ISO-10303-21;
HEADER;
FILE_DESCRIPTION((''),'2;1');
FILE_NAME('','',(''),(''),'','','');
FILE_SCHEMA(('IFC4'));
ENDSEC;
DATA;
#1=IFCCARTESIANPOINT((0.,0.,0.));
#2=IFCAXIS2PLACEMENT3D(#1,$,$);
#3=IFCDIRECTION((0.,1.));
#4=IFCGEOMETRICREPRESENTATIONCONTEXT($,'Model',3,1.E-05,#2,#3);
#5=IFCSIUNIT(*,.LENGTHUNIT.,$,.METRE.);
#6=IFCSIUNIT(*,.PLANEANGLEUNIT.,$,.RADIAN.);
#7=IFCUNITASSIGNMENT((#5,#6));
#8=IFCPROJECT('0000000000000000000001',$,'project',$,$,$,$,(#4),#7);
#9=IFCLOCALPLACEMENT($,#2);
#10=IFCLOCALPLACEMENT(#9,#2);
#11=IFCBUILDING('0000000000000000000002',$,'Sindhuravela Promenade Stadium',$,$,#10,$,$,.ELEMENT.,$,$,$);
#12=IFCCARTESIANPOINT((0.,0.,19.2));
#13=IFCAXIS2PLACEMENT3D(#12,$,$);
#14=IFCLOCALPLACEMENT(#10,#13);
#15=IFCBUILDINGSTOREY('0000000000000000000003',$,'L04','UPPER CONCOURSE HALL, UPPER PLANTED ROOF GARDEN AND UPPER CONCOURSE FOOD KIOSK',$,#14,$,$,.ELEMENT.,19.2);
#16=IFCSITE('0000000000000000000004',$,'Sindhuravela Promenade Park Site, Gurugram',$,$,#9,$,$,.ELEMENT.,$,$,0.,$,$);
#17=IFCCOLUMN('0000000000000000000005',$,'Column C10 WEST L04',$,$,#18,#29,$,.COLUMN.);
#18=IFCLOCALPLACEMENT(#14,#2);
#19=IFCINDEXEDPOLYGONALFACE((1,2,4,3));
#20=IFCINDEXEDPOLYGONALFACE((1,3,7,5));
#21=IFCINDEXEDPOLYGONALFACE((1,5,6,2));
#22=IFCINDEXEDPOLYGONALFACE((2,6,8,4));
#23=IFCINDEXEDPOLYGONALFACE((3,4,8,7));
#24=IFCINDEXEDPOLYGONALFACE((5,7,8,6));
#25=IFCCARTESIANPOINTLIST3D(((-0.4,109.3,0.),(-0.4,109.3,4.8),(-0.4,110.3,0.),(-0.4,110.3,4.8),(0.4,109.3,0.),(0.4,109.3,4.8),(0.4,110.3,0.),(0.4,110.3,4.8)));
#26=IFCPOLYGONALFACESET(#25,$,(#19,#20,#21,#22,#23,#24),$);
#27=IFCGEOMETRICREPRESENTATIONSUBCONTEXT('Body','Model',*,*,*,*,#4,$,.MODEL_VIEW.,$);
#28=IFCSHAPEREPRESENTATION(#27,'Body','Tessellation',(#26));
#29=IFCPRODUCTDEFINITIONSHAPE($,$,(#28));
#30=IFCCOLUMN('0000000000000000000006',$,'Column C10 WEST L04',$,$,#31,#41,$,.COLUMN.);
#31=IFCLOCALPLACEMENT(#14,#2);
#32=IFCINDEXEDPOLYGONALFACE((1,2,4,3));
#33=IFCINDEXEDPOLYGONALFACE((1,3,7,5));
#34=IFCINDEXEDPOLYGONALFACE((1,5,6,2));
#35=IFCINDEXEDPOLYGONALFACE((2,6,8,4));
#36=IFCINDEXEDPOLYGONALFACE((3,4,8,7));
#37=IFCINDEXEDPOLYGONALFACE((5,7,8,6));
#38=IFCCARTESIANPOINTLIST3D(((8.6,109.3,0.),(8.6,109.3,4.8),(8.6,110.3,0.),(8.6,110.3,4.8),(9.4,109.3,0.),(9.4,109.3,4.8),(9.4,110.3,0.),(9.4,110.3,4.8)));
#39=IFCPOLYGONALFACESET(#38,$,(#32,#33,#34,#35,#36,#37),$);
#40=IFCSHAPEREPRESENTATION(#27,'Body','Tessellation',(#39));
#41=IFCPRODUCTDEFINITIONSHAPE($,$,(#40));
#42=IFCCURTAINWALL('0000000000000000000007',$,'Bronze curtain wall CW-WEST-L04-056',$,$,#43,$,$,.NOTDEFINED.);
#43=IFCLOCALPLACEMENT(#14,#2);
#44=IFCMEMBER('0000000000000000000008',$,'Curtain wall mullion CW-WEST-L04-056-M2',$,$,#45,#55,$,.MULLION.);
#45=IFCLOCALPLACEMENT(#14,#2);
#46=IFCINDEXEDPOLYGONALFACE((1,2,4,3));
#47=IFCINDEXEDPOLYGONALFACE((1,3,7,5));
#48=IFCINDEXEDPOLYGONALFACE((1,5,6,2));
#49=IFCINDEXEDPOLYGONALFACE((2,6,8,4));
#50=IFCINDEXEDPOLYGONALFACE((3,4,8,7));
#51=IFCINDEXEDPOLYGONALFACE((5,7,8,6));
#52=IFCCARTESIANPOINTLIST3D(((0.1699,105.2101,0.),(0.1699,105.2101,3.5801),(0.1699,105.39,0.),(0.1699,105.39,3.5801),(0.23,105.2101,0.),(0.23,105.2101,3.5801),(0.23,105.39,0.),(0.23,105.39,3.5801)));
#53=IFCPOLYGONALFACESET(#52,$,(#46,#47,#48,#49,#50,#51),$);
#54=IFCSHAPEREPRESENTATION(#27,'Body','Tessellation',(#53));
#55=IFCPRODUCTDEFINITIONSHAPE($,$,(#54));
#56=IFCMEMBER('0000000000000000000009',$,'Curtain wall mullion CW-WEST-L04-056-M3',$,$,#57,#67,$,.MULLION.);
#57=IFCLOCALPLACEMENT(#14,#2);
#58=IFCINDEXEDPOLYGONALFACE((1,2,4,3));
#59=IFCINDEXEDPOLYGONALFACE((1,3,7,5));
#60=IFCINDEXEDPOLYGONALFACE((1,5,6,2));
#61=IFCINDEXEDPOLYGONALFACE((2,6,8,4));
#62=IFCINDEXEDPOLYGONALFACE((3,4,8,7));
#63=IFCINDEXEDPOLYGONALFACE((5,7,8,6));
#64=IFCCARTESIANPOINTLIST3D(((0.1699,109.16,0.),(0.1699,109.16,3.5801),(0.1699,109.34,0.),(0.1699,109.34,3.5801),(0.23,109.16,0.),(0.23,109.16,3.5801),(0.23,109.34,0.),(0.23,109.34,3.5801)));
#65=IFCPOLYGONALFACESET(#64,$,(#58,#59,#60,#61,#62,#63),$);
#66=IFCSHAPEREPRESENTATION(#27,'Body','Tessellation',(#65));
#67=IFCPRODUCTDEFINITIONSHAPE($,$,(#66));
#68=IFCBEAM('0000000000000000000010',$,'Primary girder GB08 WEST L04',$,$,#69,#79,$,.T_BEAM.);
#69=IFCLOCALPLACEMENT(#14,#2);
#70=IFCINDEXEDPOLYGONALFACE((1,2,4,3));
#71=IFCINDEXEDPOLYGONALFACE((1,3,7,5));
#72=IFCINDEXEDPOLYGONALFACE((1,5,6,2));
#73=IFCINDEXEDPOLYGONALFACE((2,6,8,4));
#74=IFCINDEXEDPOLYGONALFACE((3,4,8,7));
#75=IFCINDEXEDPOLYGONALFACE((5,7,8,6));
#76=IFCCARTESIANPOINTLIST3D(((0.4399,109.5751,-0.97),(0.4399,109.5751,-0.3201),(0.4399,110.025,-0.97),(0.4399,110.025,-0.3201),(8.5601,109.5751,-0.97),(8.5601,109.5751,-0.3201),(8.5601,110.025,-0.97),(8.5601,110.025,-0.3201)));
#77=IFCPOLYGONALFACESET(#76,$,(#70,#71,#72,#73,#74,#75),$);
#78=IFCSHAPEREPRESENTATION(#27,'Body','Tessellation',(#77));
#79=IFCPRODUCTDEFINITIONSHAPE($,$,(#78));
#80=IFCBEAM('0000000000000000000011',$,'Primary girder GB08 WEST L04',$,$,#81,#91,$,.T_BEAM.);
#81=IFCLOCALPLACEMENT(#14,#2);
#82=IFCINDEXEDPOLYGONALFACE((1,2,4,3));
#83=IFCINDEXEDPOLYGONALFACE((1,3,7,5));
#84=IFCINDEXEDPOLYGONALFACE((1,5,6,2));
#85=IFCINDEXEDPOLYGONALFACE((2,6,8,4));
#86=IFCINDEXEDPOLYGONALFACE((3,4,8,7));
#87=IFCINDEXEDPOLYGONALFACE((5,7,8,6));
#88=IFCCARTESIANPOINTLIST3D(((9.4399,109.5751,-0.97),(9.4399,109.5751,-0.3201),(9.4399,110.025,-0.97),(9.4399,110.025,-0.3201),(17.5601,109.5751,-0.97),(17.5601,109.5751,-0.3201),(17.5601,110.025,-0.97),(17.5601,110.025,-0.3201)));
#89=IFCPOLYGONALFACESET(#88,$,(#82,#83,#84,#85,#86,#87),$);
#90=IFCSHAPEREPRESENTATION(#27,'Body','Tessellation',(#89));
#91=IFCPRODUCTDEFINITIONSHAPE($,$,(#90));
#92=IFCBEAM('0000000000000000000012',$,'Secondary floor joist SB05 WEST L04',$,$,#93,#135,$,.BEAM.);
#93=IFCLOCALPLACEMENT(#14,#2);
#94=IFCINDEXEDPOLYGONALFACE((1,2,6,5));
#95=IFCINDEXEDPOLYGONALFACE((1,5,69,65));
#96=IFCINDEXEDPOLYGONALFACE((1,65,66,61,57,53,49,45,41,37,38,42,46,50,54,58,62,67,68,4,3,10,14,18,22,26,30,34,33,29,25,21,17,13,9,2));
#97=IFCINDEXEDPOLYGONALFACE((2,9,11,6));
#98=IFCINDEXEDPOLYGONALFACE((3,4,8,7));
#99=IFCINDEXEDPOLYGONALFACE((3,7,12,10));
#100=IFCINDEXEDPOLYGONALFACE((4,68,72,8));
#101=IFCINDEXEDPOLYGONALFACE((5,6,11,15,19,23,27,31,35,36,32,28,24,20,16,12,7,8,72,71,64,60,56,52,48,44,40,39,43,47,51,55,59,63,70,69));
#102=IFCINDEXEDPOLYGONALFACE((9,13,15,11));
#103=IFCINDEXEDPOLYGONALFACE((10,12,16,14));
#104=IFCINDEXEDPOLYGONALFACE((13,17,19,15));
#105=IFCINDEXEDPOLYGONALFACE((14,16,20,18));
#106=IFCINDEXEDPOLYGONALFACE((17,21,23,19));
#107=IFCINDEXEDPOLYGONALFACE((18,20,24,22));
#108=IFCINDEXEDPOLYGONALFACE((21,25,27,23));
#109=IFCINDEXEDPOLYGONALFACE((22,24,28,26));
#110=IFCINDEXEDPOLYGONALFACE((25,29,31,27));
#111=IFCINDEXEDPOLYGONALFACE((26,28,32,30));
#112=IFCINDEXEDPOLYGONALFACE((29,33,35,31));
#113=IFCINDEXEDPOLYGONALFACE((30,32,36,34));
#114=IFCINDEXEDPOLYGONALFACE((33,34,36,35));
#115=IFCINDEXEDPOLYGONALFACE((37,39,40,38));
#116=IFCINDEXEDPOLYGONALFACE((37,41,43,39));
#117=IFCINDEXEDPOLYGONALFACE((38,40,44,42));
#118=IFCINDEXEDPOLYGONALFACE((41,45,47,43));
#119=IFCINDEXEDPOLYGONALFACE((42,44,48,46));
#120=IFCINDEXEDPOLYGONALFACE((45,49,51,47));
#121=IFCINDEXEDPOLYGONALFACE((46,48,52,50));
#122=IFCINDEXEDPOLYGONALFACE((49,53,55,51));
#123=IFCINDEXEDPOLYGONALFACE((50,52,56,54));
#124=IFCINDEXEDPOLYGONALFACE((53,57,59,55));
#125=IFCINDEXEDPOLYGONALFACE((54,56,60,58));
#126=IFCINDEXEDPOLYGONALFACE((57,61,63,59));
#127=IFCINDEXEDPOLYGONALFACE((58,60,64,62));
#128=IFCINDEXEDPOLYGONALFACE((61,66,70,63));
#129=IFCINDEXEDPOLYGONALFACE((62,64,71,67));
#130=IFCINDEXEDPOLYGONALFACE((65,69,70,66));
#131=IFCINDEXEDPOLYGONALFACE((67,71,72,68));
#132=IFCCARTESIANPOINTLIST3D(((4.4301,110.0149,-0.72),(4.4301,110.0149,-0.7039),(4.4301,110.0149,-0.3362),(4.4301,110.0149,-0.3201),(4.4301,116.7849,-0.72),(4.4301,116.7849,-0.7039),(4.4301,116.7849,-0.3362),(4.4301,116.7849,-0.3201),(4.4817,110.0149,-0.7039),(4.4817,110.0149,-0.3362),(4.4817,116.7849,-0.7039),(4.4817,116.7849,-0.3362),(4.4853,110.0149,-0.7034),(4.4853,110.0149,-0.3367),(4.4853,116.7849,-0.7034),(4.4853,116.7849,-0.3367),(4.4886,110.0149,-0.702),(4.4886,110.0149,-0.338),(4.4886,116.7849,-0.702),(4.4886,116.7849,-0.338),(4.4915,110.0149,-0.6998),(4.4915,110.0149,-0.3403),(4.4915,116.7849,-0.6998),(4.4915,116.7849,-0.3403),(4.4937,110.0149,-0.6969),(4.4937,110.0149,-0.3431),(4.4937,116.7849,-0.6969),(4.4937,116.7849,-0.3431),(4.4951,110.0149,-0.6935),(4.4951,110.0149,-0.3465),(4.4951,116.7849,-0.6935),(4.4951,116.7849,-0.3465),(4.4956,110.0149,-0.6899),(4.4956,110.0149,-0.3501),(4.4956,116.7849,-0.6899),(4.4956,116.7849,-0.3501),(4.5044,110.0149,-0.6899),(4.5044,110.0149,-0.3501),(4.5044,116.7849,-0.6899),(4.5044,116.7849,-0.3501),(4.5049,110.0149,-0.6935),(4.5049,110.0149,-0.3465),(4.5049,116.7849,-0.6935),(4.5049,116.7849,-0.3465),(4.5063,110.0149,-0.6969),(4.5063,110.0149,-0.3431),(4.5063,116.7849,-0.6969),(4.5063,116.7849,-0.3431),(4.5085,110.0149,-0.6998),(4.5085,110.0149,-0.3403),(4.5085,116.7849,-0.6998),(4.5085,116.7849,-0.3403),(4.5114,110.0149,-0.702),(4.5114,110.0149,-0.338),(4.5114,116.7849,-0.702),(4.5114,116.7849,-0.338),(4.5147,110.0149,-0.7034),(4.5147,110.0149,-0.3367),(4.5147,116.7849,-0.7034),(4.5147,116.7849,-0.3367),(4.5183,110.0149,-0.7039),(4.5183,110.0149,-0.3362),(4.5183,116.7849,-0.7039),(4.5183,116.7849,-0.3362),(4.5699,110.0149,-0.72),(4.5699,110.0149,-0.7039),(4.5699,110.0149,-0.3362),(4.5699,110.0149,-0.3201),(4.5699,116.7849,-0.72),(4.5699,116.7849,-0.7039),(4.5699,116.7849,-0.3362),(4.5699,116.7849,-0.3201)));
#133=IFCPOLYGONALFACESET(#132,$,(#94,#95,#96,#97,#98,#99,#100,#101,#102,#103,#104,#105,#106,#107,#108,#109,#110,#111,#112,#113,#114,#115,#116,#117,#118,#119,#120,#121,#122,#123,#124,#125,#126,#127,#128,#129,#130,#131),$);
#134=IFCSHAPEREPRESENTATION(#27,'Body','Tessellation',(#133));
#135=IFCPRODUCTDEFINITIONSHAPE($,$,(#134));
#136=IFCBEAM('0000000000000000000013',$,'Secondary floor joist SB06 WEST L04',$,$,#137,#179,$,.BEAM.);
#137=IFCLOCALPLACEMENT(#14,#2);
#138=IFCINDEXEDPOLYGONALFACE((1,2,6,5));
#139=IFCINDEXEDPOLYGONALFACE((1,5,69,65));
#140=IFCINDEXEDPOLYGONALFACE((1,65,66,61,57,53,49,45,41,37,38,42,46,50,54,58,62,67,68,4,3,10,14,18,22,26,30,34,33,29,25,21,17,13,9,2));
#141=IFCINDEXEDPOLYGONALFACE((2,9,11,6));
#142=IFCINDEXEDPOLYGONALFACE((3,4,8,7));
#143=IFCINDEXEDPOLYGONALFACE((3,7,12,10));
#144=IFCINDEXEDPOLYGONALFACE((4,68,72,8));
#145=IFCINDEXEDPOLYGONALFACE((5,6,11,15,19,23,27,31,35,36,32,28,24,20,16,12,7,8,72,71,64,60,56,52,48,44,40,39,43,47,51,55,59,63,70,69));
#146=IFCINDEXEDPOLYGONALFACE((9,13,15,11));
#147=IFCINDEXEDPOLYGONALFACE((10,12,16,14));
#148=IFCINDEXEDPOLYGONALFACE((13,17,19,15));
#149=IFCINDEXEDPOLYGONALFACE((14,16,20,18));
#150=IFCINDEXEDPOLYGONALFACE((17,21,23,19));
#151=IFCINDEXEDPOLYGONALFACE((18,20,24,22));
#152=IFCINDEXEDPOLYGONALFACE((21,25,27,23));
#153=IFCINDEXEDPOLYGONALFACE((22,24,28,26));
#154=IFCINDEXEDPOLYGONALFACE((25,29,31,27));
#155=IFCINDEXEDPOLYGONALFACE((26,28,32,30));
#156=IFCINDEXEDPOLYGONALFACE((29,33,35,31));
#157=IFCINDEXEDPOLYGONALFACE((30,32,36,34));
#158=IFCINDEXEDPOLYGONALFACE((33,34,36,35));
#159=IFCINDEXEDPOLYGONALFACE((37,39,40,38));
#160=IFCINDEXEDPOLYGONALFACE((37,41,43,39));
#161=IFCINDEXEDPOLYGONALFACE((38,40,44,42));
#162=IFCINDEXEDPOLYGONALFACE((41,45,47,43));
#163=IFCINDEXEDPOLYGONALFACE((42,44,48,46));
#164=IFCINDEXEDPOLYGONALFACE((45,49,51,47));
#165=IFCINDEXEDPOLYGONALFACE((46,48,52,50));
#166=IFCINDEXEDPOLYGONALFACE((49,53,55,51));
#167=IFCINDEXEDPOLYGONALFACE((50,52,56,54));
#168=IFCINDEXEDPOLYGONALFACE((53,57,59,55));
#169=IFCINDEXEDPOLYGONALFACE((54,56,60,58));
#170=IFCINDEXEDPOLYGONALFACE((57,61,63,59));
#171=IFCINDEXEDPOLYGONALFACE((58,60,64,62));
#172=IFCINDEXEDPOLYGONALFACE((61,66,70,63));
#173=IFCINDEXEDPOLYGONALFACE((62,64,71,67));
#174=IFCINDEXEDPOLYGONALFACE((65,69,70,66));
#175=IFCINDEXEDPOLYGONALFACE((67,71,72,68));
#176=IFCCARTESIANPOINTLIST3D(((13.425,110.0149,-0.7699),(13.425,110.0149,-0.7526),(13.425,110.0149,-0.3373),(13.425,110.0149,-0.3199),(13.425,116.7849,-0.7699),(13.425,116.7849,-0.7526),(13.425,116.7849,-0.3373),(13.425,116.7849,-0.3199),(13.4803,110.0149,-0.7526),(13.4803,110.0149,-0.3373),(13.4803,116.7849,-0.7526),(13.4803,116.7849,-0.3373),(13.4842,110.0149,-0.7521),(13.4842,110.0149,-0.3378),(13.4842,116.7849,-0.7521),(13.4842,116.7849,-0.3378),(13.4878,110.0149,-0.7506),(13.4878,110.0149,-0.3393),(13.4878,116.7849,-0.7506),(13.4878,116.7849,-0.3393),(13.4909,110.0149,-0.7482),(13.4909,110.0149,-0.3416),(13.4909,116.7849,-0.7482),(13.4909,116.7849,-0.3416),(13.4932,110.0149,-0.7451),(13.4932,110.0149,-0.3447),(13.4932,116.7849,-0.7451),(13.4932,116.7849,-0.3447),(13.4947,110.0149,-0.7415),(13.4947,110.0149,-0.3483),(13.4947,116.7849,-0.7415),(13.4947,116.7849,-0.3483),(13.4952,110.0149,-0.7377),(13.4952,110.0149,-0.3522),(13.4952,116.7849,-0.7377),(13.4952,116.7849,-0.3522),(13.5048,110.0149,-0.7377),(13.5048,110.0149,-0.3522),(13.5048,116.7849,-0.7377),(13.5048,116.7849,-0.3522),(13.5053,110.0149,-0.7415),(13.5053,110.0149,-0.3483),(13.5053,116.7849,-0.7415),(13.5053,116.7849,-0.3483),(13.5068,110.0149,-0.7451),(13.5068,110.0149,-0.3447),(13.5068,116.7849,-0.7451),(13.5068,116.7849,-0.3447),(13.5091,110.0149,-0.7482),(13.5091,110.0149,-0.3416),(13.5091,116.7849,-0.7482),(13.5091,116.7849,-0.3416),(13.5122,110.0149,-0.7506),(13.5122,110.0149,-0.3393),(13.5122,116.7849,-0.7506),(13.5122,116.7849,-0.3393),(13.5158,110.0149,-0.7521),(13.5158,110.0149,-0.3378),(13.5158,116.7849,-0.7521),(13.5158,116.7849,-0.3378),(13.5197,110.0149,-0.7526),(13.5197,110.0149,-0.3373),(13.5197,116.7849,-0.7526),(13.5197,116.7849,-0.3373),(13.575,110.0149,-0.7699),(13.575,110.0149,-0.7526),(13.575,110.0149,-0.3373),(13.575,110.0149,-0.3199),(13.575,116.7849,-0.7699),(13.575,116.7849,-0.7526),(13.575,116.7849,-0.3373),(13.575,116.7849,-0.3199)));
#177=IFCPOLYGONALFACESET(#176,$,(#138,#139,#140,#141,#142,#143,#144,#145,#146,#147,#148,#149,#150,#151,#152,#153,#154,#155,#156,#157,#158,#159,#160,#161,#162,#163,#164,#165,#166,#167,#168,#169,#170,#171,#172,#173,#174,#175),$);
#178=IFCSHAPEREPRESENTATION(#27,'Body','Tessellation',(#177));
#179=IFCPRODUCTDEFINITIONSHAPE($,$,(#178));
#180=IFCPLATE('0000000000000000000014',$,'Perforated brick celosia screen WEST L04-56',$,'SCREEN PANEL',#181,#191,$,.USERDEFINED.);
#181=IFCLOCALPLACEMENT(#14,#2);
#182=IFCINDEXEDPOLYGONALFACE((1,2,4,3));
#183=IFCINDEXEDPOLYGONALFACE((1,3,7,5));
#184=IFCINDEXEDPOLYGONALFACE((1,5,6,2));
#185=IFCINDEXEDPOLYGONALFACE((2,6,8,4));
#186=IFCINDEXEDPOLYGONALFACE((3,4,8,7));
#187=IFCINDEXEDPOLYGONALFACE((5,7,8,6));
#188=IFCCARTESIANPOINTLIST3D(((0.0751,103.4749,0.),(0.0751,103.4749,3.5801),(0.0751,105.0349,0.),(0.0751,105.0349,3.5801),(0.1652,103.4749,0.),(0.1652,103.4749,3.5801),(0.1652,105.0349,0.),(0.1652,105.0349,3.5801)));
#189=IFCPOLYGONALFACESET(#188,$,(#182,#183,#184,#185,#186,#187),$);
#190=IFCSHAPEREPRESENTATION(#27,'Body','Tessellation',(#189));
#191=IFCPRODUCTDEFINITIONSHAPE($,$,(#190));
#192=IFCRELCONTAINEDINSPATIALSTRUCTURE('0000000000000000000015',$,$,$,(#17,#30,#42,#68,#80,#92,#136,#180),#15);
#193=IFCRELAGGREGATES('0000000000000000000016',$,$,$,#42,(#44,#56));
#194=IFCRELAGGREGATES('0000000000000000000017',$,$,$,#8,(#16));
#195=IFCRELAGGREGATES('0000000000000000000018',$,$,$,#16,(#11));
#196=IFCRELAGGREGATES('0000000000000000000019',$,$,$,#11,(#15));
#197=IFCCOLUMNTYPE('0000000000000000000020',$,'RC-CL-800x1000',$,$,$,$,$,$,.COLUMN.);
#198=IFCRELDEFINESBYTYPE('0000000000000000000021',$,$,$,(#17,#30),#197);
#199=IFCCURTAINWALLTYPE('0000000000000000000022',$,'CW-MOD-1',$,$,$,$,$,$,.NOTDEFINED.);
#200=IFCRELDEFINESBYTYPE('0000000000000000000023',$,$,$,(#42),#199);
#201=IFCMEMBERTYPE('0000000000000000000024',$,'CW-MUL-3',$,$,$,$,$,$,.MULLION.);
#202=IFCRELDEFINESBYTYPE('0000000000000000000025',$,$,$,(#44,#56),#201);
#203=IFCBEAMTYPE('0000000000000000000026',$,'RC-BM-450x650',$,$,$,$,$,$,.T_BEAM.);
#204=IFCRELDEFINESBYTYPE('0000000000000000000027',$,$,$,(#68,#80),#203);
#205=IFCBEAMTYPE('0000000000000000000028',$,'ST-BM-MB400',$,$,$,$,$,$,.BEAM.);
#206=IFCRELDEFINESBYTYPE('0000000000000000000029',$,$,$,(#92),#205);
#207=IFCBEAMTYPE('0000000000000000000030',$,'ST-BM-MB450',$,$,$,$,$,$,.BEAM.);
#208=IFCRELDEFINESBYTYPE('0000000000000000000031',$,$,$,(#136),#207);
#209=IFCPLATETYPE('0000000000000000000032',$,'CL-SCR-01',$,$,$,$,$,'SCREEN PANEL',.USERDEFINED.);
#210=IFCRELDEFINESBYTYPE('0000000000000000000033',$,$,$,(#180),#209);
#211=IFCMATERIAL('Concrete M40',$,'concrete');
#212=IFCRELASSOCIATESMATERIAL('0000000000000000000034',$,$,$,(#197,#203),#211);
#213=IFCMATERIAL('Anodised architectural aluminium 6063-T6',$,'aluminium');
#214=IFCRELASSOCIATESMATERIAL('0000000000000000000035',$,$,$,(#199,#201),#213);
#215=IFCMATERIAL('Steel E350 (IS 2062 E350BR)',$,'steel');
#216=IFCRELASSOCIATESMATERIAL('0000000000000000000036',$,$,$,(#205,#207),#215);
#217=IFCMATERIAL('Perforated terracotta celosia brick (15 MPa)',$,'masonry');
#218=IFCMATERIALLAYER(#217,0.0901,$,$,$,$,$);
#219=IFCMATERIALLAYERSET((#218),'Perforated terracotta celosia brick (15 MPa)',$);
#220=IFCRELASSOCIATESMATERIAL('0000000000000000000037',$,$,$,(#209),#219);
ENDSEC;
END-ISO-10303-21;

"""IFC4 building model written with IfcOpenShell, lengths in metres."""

from ifc_helpers import new_model, si_unit, direction, frame, origin, origin_2d, place, context, subcontext, project, spatial, rectangle, i_section, extrude, material, layer, layer_set, material_profile, profile_set, type_object, element, aggregate, save


model = new_model("IFC4")

# Units and contexts
model_context = context("Model", 3, precision=1e-05, world=origin(), true_north=direction((0.0, 1.0)))
body_context = subcontext(model_context, "Body", "Model", "MODEL_VIEW")
ifc_project = project(units=[si_unit("LENGTHUNIT", "METRE"), si_unit("PLANEANGLEUNIT", "RADIAN")], contexts=[model_context])

# Site, building, storey
site_placement = place(None, origin())
site = spatial("IfcSite", under=ifc_project, at=site_placement, Name="Sindhuravela Promenade Park Site, Gurugram", CompositionType="ELEMENT", RefElevation=0.0)
building_placement = place(site_placement, origin())
building = spatial("IfcBuilding", under=site, at=building_placement, Name="Sindhuravela Promenade Stadium", CompositionType="ELEMENT")
storey_placement = place(building_placement, frame((0.0, 0.0, 19.2)))
storey = spatial("IfcBuildingStorey", under=building, at=storey_placement, Name="L04", Description="UPPER CONCOURSE HALL, UPPER PLANTED ROOF GARDEN AND UPPER CONCOURSE FOOD KIOSK", CompositionType="ELEMENT", Elevation=19.2)

# Columns
ifc_material_1 = material(Name="Concrete M40", Category="concrete")
ifc_material_profile_1 = material_profile(ifc_material_1, rectangle(XDim=0.8, YDim=1.0, at=origin_2d()), Name="RC 800x1000")
ifc_profile_set_1 = profile_set([ifc_material_profile_1], Name="Concrete M40")
column_type = type_object("IfcColumnType", Name="RC-CL-800x1000", PredefinedType="COLUMN", material=ifc_profile_set_1)
for number, where, z_axis, x_axis, name in (
    (1, (0.0, 109.8, 0.0), (0.0, 0.0, 1.0), (1.0, 0.0, 0.0), "Column C10 WEST L04"),
    (2, (9.0, 109.8, 0.0), (0.0, 0.0, 1.0), (1.0, 0.0, 0.0), "Column C10 WEST L04"),
):
    element("IfcColumn", number, at=place(storey_placement, frame(where, z_axis=z_axis, x_axis=x_axis)), inside=storey, type_object=column_type, Name=name, PredefinedType="COLUMN", context=body_context, shape_type="SweptSolid", body=[
        extrude(rectangle(XDim=0.8, YDim=1.0, at=origin_2d()), origin(), (0.0, 0.0, 1.0), 4.8),
    ])

# Curtain wall, members
ifc_material_2 = material(Name="Anodised architectural aluminium 6063-T6", Category="aluminium")
curtain_wall_type = type_object("IfcCurtainWallType", Name="CW-MOD-1", PredefinedType="NOTDEFINED", material=ifc_material_2)
curtain_wall_placement = place(storey_placement, origin())
curtain_wall = element("IfcCurtainWall", 3, at=curtain_wall_placement, inside=storey, type_object=curtain_wall_type, Name="Bronze curtain wall CW-WEST-L04-056", PredefinedType="NOTDEFINED")
ifc_material_profile_2 = material_profile(ifc_material_2, rectangle(XDim=0.0601, YDim=0.1799, at=origin_2d()), Name="ALU M60x180")
ifc_profile_set_2 = profile_set([ifc_material_profile_2], Name="Anodised architectural aluminium 6063-T6")
member_type = type_object("IfcMemberType", Name="CW-MUL-3", PredefinedType="MULLION", material=ifc_profile_set_2)
member_1_placement = place(storey_placement, frame((0.2, 105.3, 0.0), z_axis=(0.0, 0.0, 1.0), x_axis=(1.0, 0.0, 0.0)))
member_1 = element("IfcMember", 4, at=member_1_placement, type_object=member_type, Name="Curtain wall mullion CW-WEST-L04-056-M2", PredefinedType="MULLION", context=body_context, shape_type="SweptSolid", body=[
    extrude(rectangle(XDim=0.0601, YDim=0.1799, at=origin_2d()), origin(), (0.0, 0.0, 1.0), 3.5801),
])
member_2_placement = place(storey_placement, frame((0.2, 109.25, 0.0), z_axis=(0.0, 0.0, 1.0), x_axis=(1.0, 0.0, 0.0)))
member_2 = element("IfcMember", 5, at=member_2_placement, type_object=member_type, Name="Curtain wall mullion CW-WEST-L04-056-M3", PredefinedType="MULLION", context=body_context, shape_type="SweptSolid", body=[
    extrude(rectangle(XDim=0.0601, YDim=0.1799, at=origin_2d()), origin(), (0.0, 0.0, 1.0), 3.5801),
])

# Beams
ifc_material_profile_3 = material_profile(ifc_material_1, rectangle(XDim=0.45, YDim=0.6499, at=origin_2d()), Name="RC 450x650")
ifc_profile_set_3 = profile_set([ifc_material_profile_3], Name="Concrete M40")
beam_type_1 = type_object("IfcBeamType", Name="RC-BM-450x650", PredefinedType="T_BEAM", material=ifc_profile_set_3)
for number, where, z_axis, x_axis, name in (
    (6, (0.4399, 109.8, -0.645), (1.0, 0.0, 0.0), (0.0, 1.0, 0.0), "Primary girder GB08 WEST L04"),
    (7, (9.4399, 109.8, -0.645), (1.0, 0.0, 0.0), (0.0, 1.0, 0.0), "Primary girder GB08 WEST L04"),
):
    element("IfcBeam", number, at=place(storey_placement, frame(where, z_axis=z_axis, x_axis=x_axis)), inside=storey, type_object=beam_type_1, Name=name, PredefinedType="T_BEAM", context=body_context, shape_type="SweptSolid", body=[
        extrude(rectangle(XDim=0.45, YDim=0.6499, at=origin_2d()), origin(), (0.0, 0.0, 1.0), 8.1201),
    ])
ifc_material_3 = material(Name="Steel E350 (IS 2062 E350BR)", Category="steel")
ifc_material_profile_4 = material_profile(ifc_material_3, i_section(OverallWidth=0.1399, OverallDepth=0.3999, WebThickness=0.0088, FlangeThickness=0.0161, FilletRadius=0.0139, at=origin_2d()), Name="ISMB 400")
ifc_profile_set_4 = profile_set([ifc_material_profile_4], Name="Steel E350 (IS 2062 E350BR)")
beam_type_2 = type_object("IfcBeamType", Name="ST-BM-MB400", PredefinedType="BEAM", material=ifc_profile_set_4)
beam_1_placement = place(storey_placement, frame((4.5, 110.0149, -0.52), z_axis=(0.0, 1.0, 0.0), x_axis=(-1.0, 0.0, 0.0)))
element("IfcBeam", 8, at=beam_1_placement, inside=storey, type_object=beam_type_2, Name="Secondary floor joist SB05 WEST L04", PredefinedType="BEAM", context=body_context, shape_type="SweptSolid", body=[
    extrude(i_section(OverallWidth=0.1399, OverallDepth=0.3999, WebThickness=0.0088, FlangeThickness=0.0161, FilletRadius=0.0139, at=origin_2d()), origin(), (0.0, 0.0, 1.0), 6.77),
])
ifc_material_profile_5 = material_profile(ifc_material_3, i_section(OverallWidth=0.1499, OverallDepth=0.45, WebThickness=0.0095, FlangeThickness=0.0173, FilletRadius=0.0149, at=origin_2d()), Name="ISMB 450")
ifc_profile_set_5 = profile_set([ifc_material_profile_5], Name="Steel E350 (IS 2062 E350BR)")
beam_type_3 = type_object("IfcBeamType", Name="ST-BM-MB450", PredefinedType="BEAM", material=ifc_profile_set_5)
beam_2_placement = place(storey_placement, frame((13.5, 110.0149, -0.5449), z_axis=(0.0, 1.0, 0.0), x_axis=(-1.0, 0.0, 0.0)))
element("IfcBeam", 9, at=beam_2_placement, inside=storey, type_object=beam_type_3, Name="Secondary floor joist SB06 WEST L04", PredefinedType="BEAM", context=body_context, shape_type="SweptSolid", body=[
    extrude(i_section(OverallWidth=0.1499, OverallDepth=0.45, WebThickness=0.0095, FlangeThickness=0.0173, FilletRadius=0.0149, at=origin_2d()), origin(), (0.0, 0.0, 1.0), 6.77),
])

# Plate
ifc_material_4 = material(Name="Perforated terracotta celosia brick (15 MPa)", Category="masonry")
ifc_layer_1 = layer(ifc_material_4, 0.0901)
ifc_layer_set_1 = layer_set([ifc_layer_1], Name="Perforated terracotta celosia brick (15 MPa)")
plate_type_1 = type_object("IfcPlateType", Name="CL-SCR-01", ElementType="SCREEN PANEL", PredefinedType="USERDEFINED", material=ifc_layer_set_1)
plate_1_placement = place(storey_placement, frame((0.1201, 104.2549, 0.0), z_axis=(0.0, 0.0, 1.0), x_axis=(0.0, 1.0, 0.0)))
element("IfcPlate", 10, at=plate_1_placement, inside=storey, type_object=plate_type_1, Name="Perforated brick celosia screen WEST L04-56", ObjectType="SCREEN PANEL", PredefinedType="USERDEFINED", context=body_context, shape_type="SweptSolid", body=[
    extrude(rectangle(XDim=1.5601, YDim=0.0901, at=origin_2d()), origin(), (0.0, 0.0, 1.0), 3.5801),
])
aggregate(curtain_wall, [member_1, member_2])

save(model, "model.ifc")
